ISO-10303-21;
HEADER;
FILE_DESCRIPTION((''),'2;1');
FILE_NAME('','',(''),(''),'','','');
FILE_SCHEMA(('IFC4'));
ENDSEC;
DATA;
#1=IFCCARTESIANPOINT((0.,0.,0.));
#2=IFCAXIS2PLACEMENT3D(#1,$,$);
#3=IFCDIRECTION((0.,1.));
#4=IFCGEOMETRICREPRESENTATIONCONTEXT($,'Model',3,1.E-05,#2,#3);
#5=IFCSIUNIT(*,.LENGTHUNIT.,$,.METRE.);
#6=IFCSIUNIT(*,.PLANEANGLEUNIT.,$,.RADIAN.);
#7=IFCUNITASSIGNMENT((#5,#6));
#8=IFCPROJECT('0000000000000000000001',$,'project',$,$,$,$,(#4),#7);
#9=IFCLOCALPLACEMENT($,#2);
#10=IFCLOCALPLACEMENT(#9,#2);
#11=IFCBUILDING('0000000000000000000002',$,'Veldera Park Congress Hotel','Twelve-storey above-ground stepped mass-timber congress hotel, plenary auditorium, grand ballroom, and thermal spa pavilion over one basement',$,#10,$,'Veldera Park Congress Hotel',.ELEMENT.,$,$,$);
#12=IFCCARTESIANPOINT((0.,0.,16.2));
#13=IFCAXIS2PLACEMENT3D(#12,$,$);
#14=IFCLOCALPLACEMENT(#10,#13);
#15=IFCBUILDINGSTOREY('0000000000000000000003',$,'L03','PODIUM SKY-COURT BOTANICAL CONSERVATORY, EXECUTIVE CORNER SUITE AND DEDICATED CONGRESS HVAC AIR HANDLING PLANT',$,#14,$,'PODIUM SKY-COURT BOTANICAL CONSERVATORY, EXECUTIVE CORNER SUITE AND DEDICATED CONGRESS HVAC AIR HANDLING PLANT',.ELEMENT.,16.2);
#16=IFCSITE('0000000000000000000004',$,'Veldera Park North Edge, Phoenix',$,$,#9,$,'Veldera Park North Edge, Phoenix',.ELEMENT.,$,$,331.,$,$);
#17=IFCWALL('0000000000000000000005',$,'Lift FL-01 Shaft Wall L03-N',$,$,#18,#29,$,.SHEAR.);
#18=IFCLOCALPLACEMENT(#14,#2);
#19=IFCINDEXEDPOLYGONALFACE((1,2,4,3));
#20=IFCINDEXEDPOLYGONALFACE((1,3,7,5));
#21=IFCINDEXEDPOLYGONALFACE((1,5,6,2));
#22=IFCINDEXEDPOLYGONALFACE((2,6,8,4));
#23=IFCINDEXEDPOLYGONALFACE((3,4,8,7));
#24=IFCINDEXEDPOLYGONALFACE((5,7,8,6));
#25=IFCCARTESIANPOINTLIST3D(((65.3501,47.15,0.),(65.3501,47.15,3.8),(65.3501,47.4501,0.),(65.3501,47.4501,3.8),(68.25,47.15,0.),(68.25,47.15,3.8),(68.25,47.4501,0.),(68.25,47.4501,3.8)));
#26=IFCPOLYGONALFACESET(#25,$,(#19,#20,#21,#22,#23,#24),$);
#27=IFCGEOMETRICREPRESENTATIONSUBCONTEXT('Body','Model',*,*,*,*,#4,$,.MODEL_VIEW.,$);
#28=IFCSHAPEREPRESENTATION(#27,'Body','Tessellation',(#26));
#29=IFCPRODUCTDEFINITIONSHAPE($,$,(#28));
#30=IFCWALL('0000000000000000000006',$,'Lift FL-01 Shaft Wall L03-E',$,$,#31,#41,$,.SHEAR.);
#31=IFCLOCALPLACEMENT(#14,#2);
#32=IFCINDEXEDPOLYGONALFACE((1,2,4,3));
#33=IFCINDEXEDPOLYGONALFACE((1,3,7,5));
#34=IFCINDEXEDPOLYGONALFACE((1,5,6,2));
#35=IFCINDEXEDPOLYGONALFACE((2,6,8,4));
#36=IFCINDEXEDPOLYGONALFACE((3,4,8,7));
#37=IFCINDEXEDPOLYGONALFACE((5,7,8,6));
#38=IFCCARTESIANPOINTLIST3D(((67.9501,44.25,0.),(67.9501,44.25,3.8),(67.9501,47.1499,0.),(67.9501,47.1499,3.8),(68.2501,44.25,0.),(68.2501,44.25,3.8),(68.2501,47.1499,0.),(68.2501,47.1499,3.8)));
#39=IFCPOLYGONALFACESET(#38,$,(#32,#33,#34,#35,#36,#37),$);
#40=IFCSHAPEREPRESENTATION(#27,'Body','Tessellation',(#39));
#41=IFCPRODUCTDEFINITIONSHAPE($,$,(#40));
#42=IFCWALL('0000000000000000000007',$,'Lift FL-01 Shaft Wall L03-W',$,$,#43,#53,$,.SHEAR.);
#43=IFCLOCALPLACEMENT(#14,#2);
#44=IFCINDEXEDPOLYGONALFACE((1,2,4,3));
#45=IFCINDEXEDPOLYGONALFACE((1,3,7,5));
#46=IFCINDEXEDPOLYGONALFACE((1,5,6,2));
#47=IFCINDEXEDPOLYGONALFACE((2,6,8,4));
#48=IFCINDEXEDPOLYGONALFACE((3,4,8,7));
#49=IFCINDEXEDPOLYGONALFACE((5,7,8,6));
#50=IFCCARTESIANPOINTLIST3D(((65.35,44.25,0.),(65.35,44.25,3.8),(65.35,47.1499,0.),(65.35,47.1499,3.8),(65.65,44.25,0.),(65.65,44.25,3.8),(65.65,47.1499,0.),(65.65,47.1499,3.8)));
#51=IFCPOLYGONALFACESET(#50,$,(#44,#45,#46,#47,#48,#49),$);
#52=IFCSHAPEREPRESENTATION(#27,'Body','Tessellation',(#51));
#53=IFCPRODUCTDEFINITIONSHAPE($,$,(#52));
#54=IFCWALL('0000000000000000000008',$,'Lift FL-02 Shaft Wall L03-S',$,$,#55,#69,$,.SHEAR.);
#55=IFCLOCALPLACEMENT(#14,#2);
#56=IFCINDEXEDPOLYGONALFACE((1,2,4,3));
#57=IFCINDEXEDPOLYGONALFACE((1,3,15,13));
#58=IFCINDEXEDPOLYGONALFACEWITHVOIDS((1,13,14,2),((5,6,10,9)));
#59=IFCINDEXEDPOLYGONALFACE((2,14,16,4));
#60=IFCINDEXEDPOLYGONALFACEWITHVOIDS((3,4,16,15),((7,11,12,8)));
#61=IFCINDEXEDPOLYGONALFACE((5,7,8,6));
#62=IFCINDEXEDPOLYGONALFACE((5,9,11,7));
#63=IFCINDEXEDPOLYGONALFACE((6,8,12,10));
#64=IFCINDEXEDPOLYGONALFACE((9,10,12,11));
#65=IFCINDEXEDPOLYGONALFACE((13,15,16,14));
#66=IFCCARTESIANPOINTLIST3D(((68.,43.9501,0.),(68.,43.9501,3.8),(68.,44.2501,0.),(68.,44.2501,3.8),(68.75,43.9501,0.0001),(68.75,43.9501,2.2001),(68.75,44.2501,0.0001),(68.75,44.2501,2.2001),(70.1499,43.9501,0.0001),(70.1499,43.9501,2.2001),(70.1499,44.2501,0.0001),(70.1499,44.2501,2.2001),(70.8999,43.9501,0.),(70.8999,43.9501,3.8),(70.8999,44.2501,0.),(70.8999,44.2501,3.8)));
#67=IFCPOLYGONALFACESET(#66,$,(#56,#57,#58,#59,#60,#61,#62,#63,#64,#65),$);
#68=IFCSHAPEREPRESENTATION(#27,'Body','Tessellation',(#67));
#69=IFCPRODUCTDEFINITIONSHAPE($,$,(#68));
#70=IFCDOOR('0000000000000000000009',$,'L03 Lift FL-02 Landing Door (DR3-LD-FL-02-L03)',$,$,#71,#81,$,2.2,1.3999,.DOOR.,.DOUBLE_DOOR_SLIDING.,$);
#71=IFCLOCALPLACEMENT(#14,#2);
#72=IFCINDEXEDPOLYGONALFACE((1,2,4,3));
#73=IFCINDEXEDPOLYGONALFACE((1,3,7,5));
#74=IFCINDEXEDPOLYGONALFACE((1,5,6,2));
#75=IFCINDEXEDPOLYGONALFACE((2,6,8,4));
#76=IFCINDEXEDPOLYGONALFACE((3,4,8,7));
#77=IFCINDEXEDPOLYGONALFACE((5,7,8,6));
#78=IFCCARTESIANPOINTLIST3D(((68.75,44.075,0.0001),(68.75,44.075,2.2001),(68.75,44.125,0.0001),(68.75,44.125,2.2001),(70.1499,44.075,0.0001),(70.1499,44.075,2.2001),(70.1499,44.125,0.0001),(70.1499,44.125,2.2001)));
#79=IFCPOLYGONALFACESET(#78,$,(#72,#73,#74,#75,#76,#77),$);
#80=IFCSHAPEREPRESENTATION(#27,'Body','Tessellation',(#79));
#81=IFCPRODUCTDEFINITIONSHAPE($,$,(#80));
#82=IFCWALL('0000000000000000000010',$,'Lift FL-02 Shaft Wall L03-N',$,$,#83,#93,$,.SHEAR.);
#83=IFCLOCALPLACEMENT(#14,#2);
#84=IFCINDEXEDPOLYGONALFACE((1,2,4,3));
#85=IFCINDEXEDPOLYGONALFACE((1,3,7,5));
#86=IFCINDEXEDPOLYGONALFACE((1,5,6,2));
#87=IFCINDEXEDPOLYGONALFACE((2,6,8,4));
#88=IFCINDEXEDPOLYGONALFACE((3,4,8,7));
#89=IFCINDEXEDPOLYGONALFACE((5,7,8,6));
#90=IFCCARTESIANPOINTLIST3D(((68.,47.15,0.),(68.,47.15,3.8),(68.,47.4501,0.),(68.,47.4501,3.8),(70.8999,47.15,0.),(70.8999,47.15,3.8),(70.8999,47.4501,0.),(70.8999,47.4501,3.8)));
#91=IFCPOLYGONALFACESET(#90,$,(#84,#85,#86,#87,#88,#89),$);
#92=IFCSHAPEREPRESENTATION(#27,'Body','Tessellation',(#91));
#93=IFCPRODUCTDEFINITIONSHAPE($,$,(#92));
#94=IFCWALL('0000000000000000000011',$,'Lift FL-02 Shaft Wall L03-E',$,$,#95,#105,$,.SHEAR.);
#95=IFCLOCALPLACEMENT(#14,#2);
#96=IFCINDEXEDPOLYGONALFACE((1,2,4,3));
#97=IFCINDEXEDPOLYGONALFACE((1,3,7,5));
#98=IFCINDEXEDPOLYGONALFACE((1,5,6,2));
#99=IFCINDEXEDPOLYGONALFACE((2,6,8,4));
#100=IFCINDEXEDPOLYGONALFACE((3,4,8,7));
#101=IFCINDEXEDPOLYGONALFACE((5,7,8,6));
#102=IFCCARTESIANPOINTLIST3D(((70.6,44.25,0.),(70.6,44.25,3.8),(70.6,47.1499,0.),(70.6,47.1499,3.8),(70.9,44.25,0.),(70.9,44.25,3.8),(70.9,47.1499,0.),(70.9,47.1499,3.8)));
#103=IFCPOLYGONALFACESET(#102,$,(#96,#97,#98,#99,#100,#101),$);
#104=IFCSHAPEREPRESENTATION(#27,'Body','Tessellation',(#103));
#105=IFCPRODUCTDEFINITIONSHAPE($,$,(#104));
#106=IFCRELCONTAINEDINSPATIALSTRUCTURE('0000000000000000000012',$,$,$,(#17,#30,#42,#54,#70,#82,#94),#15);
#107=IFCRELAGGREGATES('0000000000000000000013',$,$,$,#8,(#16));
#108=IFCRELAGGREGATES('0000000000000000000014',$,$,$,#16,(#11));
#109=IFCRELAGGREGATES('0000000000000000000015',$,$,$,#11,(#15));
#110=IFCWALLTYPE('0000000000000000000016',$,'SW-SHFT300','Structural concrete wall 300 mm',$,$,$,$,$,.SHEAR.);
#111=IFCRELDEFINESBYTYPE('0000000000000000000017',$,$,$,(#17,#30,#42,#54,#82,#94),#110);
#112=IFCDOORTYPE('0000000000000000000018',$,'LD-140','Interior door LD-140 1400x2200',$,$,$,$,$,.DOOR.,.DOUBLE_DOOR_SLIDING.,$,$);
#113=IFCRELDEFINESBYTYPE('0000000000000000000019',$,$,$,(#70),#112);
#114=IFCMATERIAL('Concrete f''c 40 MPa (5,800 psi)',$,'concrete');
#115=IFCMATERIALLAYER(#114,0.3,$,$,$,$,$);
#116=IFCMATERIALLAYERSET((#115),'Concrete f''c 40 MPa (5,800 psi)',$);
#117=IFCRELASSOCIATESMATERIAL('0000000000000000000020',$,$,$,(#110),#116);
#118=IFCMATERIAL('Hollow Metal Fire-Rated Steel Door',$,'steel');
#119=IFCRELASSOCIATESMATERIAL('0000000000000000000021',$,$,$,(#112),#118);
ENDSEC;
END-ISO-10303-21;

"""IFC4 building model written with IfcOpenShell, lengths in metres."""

from ifc_helpers import new_model, si_unit, direction, frame, frame_2d, origin, place, context, subcontext, project, spatial, rectangle, extrude, material, layer, layer_set, type_object, element, fill, save


model = new_model("IFC4")

# Units and contexts
model_context = context("Model", 3, precision=1e-05, world=origin(), true_north=direction((0.0, 1.0)))
body_context = subcontext(model_context, "Body", "Model", "MODEL_VIEW")
ifc_project = project(units=[si_unit("LENGTHUNIT", "METRE"), si_unit("PLANEANGLEUNIT", "RADIAN")], contexts=[model_context])

# Site, building, storey
site_placement = place(None, origin())
site = spatial("IfcSite", under=ifc_project, at=site_placement, Name="Veldera Park North Edge, Phoenix", LongName="Veldera Park North Edge, Phoenix", CompositionType="ELEMENT", RefElevation=331.0)
building_placement = place(site_placement, origin())
building = spatial("IfcBuilding", under=site, at=building_placement, Name="Veldera Park Congress Hotel", Description="Twelve-storey above-ground stepped mass-timber congress hotel, plenary auditorium, grand ballroom, and thermal spa pavilion over one basement", LongName="Veldera Park Congress Hotel", CompositionType="ELEMENT")
storey_placement = place(building_placement, frame((0.0, 0.0, 16.2)))
storey = spatial("IfcBuildingStorey", under=building, at=storey_placement, Name="L03", Description="PODIUM SKY-COURT BOTANICAL CONSERVATORY, EXECUTIVE CORNER SUITE AND DEDICATED CONGRESS HVAC AIR HANDLING PLANT", LongName="PODIUM SKY-COURT BOTANICAL CONSERVATORY, EXECUTIVE CORNER SUITE AND DEDICATED CONGRESS HVAC AIR HANDLING PLANT", CompositionType="ELEMENT", Elevation=16.2)

# Shared definitions
ifc_material_1 = material(Name="Concrete f'c 40 MPa (5,800 psi)", Category="concrete")
ifc_material_2 = material(Name="Hollow Metal Fire-Rated Steel Door", Category="steel")

# Shared definitions
ifc_layer_1 = layer(ifc_material_1, 0.3)
ifc_layer_set_1 = layer_set([ifc_layer_1], Name="Concrete f'c 40 MPa (5,800 psi)")
wall_type_1 = type_object("IfcWallType", Name="SW-SHFT300", Description="Structural concrete wall 300 mm", PredefinedType="SHEAR", material=ifc_layer_set_1)
door_type_1 = type_object("IfcDoorType", Name="LD-140", Description="Interior door LD-140 1400x2200", OperationType="DOUBLE_DOOR_SLIDING", PredefinedType="DOOR", material=ifc_material_2)

# Walls
for number, where, z_axis, x_axis, name in (
    (1, (68.25, 47.3, 0.0), (0.0, 0.0, 1.0), (-1.0, 0.0, 0.0), "Lift FL-01 Shaft Wall L03-N"),
    (2, (68.1001, 44.25, 0.0), (0.0, 0.0, 1.0), (0.0, 1.0, 0.0), "Lift FL-01 Shaft Wall L03-E"),
    (3, (65.5, 47.1499, 0.0), (0.0, 0.0, 1.0), (0.0, -1.0, 0.0), "Lift FL-01 Shaft Wall L03-W"),
):
    element("IfcWall", number, at=place(storey_placement, frame(where, z_axis=z_axis, x_axis=x_axis)), inside=storey, type_object=wall_type_1, Name=name, PredefinedType="SHEAR", context=body_context, shape_type="SweptSolid", body=[
        extrude(rectangle(XDim=2.8999, YDim=0.3, at=frame_2d((1.45, 0.0))), origin(), (0.0, 0.0, 1.0), 3.8),
    ])

# Wall, opening, door
wall_1_placement = place(storey_placement, frame((68.0, 44.1001, 0.0), z_axis=(0.0, 0.0, 1.0), x_axis=(1.0, 0.0, 0.0)))
wall_1 = element("IfcWall", 4, at=wall_1_placement, inside=storey, type_object=wall_type_1, Name="Lift FL-02 Shaft Wall L03-S", PredefinedType="SHEAR", context=body_context, shape_type="SweptSolid", body=[
    extrude(rectangle(XDim=2.8999, YDim=0.3, at=frame_2d((1.45, 0.0))), origin(), (0.0, 0.0, 1.0), 3.8),
])
opening_1_placement = place(wall_1_placement, frame((0.75, 0.0, 0.0)))
opening_1 = element("IfcOpeningElement", 5, at=opening_1_placement, cuts=wall_1, PredefinedType="OPENING", context=body_context, shape_type="SweptSolid", body=[
    extrude(rectangle(XDim=1.3999, YDim=2.2, at=frame_2d((0.7, 1.1001))), frame((0.0, 0.1621, 0.0), z_axis=(0.0, -1.0, 0.0), x_axis=(1.0, 0.0, 0.0)), (0.0, 0.0, 1.0), 0.324),
])
door_1_placement = place(opening_1_placement, origin())
door_1 = element("IfcDoor", 6, at=door_1_placement, inside=storey, type_object=door_type_1, Name="L03 Lift FL-02 Landing Door (DR3-LD-FL-02-L03)", OperationType="DOUBLE_DOOR_SLIDING", OverallHeight=2.2, OverallWidth=1.3999, PredefinedType="DOOR", context=body_context, shape_type="SweptSolid", body=[
    extrude(rectangle(XDim=1.3999, YDim=2.2, at=frame_2d((0.7, 1.1001))), frame((0.0, 0.0249, 0.0), z_axis=(0.0, -1.0, 0.0), x_axis=(1.0, 0.0, 0.0)), (0.0, 0.0, 1.0), 0.05),
])
fill(opening_1, door_1)

# Walls
for number, where, z_axis, x_axis, name in (
    (7, (70.8999, 47.3, 0.0), (0.0, 0.0, 1.0), (-1.0, 0.0, 0.0), "Lift FL-02 Shaft Wall L03-N"),
    (8, (70.75, 44.25, 0.0), (0.0, 0.0, 1.0), (0.0, 1.0, 0.0), "Lift FL-02 Shaft Wall L03-E"),
):
    element("IfcWall", number, at=place(storey_placement, frame(where, z_axis=z_axis, x_axis=x_axis)), inside=storey, type_object=wall_type_1, Name=name, PredefinedType="SHEAR", context=body_context, shape_type="SweptSolid", body=[
        extrude(rectangle(XDim=2.8999, YDim=0.3, at=frame_2d((1.45, 0.0))), origin(), (0.0, 0.0, 1.0), 3.8),
    ])

save(model, "model.ifc")
